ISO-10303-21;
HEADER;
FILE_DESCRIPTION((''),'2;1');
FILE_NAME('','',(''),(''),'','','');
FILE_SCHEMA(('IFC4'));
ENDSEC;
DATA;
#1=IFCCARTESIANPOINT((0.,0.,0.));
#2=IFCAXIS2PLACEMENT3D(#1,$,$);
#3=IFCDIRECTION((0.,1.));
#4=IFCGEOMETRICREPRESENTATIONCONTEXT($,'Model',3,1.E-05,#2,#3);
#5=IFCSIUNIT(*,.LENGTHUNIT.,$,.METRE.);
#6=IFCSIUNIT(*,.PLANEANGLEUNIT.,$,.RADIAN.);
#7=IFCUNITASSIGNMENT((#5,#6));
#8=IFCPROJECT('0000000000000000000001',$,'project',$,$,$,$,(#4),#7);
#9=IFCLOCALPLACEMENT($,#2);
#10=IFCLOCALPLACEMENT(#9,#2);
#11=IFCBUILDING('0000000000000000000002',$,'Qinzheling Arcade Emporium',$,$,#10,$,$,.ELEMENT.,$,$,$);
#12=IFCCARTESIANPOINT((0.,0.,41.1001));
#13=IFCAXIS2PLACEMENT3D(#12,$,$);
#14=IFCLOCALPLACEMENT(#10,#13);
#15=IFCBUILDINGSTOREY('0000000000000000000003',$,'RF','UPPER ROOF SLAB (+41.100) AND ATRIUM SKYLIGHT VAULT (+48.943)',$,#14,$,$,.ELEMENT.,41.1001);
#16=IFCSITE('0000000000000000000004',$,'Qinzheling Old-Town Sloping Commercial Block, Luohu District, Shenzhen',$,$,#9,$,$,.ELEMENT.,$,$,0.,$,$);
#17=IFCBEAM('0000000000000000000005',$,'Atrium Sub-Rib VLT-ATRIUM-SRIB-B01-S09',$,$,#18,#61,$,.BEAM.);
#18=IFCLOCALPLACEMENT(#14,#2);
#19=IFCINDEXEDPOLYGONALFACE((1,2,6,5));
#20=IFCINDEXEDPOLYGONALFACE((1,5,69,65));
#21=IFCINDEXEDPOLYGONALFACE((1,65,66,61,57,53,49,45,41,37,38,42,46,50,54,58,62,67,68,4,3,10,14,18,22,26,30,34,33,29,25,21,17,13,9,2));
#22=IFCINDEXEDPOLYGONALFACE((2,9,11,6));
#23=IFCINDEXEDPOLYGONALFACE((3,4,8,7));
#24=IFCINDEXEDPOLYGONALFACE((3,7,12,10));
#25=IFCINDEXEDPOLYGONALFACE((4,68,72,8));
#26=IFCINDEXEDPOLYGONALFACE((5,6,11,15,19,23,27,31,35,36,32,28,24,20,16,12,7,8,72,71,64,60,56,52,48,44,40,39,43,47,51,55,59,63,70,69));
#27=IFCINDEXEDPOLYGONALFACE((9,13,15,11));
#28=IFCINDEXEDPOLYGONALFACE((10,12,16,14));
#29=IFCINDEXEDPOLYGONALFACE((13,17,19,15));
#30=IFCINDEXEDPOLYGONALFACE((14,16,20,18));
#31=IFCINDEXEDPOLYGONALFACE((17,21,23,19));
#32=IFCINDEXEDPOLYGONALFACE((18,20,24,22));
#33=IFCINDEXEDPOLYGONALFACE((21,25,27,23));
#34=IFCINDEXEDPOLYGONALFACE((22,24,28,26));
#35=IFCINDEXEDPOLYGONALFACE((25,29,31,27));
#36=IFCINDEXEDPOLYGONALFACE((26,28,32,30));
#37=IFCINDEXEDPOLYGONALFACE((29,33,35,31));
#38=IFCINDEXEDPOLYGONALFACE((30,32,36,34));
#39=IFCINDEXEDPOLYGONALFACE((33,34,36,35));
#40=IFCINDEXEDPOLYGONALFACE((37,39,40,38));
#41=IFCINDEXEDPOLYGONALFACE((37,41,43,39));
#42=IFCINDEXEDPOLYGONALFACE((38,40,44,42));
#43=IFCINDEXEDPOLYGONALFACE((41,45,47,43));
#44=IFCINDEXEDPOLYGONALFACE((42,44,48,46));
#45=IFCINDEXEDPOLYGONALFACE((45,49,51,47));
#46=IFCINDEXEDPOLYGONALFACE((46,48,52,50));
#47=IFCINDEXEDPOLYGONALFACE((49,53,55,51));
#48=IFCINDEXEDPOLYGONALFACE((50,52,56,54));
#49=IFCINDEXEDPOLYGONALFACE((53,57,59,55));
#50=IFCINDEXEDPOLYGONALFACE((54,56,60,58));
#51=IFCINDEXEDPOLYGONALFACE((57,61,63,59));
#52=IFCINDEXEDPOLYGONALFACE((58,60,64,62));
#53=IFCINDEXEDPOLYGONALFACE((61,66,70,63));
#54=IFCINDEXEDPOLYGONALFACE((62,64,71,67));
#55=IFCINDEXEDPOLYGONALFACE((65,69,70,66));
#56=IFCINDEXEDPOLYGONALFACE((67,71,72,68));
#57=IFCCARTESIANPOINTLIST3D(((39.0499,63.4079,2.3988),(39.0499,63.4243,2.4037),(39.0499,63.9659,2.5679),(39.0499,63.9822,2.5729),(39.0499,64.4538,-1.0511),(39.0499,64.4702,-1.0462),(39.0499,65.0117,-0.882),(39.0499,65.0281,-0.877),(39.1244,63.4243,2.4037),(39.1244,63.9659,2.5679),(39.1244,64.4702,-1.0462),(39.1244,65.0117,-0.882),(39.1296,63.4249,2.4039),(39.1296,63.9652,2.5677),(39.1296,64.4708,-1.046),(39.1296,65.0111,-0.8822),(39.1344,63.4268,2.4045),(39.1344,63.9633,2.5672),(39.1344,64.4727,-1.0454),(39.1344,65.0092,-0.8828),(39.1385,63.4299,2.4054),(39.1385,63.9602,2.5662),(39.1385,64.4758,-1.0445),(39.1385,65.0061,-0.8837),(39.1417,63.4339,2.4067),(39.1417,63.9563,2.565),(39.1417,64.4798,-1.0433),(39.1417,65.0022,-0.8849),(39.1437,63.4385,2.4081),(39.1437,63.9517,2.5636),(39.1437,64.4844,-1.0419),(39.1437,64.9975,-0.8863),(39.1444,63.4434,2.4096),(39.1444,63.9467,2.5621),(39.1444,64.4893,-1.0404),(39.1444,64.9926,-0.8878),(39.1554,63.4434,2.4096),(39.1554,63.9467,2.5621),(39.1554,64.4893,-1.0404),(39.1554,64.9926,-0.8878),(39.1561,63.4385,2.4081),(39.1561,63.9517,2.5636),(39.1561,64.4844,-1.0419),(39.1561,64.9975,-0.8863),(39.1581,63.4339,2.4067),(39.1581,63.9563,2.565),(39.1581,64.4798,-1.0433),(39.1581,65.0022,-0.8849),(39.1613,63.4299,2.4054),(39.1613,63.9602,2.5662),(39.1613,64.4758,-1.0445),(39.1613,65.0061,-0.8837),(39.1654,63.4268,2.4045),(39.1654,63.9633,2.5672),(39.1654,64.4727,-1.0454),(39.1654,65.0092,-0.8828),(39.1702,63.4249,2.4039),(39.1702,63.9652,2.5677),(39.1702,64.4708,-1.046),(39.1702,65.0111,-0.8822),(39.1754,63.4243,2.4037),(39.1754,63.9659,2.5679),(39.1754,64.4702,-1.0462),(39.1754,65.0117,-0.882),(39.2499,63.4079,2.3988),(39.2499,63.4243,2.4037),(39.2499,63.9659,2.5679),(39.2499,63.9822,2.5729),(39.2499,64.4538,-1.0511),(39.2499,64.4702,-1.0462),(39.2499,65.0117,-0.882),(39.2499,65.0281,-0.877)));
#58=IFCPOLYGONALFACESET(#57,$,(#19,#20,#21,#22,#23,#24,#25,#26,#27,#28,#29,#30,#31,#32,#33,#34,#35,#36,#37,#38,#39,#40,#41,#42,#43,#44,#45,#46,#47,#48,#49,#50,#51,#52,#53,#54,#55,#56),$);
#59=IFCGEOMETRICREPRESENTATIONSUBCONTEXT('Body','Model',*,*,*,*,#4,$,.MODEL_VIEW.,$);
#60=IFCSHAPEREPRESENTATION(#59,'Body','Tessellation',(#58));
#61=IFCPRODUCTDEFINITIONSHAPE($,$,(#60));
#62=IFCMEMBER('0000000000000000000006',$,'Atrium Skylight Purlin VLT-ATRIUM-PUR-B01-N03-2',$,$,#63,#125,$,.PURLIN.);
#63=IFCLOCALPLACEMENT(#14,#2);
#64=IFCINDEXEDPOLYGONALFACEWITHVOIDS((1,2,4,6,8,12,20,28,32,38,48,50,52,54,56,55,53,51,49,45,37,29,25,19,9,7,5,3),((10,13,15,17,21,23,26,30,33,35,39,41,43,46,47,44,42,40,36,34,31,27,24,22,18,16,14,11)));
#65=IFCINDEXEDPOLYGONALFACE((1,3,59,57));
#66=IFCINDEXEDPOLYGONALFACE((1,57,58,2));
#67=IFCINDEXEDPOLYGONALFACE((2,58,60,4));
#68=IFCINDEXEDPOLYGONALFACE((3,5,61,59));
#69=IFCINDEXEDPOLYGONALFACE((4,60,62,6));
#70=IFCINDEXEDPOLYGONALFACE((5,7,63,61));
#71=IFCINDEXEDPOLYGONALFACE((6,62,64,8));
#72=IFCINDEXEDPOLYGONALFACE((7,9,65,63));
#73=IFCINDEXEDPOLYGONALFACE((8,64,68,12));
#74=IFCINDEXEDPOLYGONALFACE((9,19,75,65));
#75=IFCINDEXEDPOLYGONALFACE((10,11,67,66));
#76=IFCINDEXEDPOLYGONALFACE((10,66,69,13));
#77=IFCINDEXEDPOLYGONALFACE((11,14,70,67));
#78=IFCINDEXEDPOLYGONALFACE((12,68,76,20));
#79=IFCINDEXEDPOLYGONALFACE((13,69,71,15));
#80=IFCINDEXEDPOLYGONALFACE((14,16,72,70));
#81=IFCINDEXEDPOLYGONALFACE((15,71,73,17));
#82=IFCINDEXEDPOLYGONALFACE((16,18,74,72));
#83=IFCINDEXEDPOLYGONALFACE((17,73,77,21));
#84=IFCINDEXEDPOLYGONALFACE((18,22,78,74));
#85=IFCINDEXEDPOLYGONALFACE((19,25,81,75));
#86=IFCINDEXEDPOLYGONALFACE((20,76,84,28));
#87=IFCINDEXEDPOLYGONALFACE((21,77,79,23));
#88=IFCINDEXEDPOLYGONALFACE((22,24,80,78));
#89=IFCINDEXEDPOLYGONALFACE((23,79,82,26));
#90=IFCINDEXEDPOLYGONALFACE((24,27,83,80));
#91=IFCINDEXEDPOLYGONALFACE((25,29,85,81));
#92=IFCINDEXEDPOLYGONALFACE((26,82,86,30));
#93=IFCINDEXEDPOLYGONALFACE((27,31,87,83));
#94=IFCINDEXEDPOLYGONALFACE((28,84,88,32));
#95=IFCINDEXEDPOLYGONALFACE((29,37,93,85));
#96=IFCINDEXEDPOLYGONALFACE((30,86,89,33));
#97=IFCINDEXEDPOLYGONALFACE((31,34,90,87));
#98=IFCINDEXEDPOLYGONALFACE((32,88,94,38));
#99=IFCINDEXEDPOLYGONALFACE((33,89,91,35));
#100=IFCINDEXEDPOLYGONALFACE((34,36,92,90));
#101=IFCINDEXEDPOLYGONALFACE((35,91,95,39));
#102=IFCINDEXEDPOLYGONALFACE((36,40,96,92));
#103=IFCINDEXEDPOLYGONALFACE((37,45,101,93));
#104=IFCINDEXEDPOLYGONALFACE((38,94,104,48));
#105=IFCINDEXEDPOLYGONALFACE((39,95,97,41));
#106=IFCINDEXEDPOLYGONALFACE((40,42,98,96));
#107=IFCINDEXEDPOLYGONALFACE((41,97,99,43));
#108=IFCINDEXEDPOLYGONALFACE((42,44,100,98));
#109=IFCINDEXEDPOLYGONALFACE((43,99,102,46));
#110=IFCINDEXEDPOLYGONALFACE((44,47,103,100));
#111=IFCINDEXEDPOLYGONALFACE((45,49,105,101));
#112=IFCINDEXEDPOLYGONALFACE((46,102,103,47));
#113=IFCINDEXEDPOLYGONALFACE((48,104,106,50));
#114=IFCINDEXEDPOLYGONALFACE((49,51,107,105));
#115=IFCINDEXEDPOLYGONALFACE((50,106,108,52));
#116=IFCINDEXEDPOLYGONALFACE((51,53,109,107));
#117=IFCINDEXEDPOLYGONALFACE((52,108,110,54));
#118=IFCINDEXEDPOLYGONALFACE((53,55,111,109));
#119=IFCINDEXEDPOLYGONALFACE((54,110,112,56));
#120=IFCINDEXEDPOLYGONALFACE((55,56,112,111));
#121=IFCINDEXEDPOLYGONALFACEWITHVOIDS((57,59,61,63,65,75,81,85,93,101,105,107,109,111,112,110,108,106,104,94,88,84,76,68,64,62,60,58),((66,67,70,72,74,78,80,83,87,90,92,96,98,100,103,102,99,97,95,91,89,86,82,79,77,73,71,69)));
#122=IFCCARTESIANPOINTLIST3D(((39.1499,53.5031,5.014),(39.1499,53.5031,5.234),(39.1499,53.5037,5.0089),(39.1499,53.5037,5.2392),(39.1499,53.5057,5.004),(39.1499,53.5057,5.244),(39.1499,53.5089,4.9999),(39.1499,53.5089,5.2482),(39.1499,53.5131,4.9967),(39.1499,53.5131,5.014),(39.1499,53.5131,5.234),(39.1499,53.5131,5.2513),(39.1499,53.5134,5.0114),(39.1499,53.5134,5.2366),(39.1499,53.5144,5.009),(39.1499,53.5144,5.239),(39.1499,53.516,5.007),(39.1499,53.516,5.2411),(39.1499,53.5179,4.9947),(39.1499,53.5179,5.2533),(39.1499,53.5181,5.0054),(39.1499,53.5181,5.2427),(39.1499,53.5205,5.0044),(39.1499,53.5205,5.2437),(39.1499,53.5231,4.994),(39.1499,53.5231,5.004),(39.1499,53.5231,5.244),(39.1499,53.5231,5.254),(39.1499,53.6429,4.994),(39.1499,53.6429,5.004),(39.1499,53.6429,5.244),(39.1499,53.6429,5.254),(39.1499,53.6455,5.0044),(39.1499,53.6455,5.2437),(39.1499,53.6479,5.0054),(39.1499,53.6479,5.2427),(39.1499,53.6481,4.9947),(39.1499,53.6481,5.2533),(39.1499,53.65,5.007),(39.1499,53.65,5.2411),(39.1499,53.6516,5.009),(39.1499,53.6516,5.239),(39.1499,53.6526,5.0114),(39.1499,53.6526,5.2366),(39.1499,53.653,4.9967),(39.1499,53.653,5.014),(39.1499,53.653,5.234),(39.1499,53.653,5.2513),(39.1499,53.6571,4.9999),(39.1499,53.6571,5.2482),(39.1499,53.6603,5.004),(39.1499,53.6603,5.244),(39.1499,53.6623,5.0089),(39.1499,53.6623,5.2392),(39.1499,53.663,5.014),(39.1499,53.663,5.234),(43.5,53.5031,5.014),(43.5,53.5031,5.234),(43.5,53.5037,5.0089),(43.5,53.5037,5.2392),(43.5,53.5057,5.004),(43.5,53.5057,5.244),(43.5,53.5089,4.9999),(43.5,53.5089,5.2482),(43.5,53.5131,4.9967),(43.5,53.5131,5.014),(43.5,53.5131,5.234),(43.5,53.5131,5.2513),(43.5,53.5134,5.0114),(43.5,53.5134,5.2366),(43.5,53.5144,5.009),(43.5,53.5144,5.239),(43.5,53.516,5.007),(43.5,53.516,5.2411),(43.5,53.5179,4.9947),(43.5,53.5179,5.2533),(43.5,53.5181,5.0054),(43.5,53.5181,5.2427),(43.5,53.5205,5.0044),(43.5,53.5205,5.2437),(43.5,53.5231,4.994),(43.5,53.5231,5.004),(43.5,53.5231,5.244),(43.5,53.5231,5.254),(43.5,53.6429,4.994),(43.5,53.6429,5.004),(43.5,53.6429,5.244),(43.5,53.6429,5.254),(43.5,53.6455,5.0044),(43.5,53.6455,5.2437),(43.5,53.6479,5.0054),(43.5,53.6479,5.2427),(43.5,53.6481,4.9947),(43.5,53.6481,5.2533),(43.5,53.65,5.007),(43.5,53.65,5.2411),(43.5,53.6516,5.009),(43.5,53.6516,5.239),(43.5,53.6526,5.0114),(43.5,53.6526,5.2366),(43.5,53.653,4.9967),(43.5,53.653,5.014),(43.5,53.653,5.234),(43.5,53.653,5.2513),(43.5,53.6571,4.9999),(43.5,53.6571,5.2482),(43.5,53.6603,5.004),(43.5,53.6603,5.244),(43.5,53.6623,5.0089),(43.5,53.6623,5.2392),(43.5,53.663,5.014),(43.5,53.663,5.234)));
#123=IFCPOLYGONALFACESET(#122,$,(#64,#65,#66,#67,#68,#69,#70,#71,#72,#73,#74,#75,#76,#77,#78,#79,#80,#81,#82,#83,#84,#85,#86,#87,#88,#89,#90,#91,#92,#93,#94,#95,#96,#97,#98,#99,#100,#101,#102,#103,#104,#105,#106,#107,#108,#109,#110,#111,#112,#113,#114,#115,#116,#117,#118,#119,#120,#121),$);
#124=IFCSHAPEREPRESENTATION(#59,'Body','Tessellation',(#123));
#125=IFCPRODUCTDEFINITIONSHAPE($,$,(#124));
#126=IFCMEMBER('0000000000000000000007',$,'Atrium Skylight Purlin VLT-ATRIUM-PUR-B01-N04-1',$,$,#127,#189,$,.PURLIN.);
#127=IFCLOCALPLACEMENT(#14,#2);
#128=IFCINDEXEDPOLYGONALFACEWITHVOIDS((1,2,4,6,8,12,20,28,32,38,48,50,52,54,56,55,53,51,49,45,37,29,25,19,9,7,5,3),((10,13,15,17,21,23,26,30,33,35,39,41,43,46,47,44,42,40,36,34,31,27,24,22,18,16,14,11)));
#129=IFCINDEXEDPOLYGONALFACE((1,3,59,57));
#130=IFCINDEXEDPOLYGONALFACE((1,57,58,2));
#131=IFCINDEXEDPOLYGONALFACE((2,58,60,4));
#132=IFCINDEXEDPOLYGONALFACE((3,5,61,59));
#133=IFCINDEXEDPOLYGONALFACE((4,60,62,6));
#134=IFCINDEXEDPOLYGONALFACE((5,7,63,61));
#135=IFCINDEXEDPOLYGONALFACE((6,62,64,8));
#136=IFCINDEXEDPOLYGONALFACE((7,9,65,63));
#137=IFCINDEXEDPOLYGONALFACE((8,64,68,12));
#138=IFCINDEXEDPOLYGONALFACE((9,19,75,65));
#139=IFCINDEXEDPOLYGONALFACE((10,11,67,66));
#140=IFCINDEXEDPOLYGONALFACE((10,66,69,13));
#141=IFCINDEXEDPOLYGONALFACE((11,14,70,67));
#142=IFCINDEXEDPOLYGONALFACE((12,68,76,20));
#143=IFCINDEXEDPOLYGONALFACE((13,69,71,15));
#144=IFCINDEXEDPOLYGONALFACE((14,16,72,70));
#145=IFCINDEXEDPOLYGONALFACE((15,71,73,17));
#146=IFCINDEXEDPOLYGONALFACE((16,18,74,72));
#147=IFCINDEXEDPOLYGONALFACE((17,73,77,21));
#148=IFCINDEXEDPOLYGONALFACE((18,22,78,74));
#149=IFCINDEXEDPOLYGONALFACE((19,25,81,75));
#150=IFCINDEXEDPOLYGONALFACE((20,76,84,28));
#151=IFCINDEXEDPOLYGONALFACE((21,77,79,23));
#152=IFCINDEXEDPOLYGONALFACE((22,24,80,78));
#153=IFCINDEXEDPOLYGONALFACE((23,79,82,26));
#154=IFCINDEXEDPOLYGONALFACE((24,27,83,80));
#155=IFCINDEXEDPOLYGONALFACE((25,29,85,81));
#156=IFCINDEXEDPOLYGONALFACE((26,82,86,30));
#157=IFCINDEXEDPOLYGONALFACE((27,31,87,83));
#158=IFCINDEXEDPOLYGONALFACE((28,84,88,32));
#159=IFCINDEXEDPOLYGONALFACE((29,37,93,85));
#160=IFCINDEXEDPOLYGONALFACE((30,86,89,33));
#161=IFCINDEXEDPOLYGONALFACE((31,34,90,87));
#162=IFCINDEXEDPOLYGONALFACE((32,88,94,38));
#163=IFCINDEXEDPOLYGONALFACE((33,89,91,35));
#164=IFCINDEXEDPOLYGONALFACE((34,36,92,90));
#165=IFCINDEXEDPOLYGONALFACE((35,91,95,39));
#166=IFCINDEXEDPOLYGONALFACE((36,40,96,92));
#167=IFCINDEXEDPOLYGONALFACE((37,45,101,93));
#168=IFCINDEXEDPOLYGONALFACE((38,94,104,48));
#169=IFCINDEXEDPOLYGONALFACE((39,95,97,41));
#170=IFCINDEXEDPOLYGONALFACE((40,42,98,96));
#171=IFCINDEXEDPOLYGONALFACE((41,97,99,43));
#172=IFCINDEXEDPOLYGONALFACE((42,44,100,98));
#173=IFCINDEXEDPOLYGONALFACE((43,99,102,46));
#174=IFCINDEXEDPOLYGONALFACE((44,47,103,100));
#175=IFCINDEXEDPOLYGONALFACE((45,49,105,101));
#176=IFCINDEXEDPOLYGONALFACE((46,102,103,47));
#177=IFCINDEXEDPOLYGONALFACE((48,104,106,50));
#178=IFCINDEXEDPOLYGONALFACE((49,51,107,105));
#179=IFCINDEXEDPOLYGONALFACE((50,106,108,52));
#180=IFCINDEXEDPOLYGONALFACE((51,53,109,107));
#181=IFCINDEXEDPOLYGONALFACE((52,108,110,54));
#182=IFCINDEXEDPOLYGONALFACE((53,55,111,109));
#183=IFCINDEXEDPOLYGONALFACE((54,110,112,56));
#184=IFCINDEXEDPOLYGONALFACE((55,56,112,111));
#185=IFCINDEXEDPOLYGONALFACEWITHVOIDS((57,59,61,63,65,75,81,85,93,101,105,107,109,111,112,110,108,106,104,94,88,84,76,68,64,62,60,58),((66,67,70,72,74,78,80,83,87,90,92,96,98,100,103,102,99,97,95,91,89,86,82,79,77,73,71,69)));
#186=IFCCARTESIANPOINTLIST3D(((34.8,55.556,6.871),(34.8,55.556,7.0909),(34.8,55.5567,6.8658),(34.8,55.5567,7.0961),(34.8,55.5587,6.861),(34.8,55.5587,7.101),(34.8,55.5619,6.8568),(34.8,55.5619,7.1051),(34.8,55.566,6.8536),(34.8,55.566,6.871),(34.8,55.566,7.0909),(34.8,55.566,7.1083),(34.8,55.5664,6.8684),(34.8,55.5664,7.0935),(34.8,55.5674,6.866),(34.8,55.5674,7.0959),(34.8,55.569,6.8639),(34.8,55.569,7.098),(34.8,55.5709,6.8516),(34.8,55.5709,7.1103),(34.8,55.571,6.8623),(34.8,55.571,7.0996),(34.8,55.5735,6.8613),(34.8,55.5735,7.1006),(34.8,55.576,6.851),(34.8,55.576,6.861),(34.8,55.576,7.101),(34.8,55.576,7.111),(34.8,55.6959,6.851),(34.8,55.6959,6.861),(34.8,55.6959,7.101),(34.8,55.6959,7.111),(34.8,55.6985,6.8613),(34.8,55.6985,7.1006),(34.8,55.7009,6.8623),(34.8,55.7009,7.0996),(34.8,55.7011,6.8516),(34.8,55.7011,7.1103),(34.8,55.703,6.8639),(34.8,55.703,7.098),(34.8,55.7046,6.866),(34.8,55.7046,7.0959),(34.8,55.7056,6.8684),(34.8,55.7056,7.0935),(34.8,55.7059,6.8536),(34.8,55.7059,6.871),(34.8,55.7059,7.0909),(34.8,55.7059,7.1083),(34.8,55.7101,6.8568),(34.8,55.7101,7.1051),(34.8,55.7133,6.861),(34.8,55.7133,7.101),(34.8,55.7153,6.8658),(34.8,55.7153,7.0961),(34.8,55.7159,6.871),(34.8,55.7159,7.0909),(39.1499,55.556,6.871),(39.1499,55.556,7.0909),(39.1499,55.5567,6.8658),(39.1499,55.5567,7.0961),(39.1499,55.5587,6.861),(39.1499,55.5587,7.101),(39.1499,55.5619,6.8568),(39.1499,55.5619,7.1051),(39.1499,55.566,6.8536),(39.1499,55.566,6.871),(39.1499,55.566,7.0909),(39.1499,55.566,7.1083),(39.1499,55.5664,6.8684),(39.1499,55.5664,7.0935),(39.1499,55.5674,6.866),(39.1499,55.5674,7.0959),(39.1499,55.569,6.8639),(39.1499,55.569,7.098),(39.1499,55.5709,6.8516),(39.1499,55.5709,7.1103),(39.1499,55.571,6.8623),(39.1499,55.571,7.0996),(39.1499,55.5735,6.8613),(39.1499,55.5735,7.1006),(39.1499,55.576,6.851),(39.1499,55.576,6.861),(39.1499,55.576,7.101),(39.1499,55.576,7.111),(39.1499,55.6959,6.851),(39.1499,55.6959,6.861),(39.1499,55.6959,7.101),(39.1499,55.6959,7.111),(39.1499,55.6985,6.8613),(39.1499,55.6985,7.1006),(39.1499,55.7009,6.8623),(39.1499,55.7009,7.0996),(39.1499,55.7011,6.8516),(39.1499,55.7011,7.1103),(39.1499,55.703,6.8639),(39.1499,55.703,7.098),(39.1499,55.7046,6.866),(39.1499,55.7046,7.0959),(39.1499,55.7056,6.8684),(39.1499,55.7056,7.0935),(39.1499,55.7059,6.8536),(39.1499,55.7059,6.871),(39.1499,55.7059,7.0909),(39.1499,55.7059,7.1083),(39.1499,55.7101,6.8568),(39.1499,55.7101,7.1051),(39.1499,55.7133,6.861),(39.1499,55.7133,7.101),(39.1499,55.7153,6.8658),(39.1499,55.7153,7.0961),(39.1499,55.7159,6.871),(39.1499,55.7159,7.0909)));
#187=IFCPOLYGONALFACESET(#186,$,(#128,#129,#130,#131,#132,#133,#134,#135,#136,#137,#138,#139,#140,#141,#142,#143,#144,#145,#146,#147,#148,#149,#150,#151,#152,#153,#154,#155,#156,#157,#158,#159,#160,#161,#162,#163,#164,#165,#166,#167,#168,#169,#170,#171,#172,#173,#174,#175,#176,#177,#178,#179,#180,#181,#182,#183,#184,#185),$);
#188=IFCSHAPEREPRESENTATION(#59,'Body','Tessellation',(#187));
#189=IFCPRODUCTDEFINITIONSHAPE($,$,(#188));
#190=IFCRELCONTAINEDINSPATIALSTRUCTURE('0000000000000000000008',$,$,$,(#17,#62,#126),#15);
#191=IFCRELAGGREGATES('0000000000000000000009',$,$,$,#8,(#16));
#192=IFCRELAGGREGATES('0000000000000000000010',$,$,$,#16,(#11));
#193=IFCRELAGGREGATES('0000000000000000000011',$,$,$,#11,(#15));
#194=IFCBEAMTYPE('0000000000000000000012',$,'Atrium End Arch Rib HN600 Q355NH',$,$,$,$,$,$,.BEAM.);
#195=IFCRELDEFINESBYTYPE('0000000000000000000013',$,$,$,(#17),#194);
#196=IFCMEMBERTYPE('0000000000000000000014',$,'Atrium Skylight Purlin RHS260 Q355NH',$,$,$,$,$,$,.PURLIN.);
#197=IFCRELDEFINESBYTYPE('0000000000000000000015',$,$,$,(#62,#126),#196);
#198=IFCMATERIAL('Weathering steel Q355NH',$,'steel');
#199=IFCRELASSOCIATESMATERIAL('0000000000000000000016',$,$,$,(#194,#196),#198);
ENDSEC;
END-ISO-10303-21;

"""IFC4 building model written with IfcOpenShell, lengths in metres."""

from ifc_helpers import new_model, si_unit, direction, frame, origin, origin_2d, place, context, subcontext, project, spatial, hollow_rectangle, i_section, extrude, material, material_profile, profile_set, type_object, element, save


model = new_model("IFC4")

# Units and contexts
model_context = context("Model", 3, precision=1e-05, world=origin(), true_north=direction((0.0, 1.0)))
body_context = subcontext(model_context, "Body", "Model", "MODEL_VIEW")
ifc_project = project(units=[si_unit("LENGTHUNIT", "METRE"), si_unit("PLANEANGLEUNIT", "RADIAN")], contexts=[model_context])

# Site, building, storey
site_placement = place(None, origin())
site = spatial("IfcSite", under=ifc_project, at=site_placement, Name="Qinzheling Old-Town Sloping Commercial Block, Luohu District, Shenzhen", CompositionType="ELEMENT", RefElevation=0.0)
building_placement = place(site_placement, origin())
building = spatial("IfcBuilding", under=site, at=building_placement, Name="Qinzheling Arcade Emporium", CompositionType="ELEMENT")
storey_placement = place(building_placement, frame((0.0, 0.0, 41.1001)))
storey = spatial("IfcBuildingStorey", under=building, at=storey_placement, Name="RF", Description="UPPER ROOF SLAB (+41.100) AND ATRIUM SKYLIGHT VAULT (+48.943)", CompositionType="ELEMENT", Elevation=41.1001)

# Beam
ifc_material_1 = material(Name="Weathering steel Q355NH", Category="steel")
ifc_material_profile_1 = material_profile(ifc_material_1, i_section(OverallWidth=0.2, OverallDepth=0.6001, WebThickness=0.011, FlangeThickness=0.0171, FilletRadius=0.02, at=origin_2d()), Name="HN 600x200x11x17", Category="steel")
ifc_profile_set_1 = profile_set([ifc_material_profile_1], Name="Weathering steel Q355NH")
beam_type = type_object("IfcBeamType", Name="Atrium End Arch Rib HN600 Q355NH", PredefinedType="BEAM", material=ifc_profile_set_1)
beam_1_placement = place(storey_placement, frame((39.1499, 63.6951, 2.4858), z_axis=(0.0, 0.290124, -0.956989), x_axis=(-1.0, 0.0, 0.0)))
element("IfcBeam", 1, at=beam_1_placement, inside=storey, type_object=beam_type, Name="Atrium Sub-Rib VLT-ATRIUM-SRIB-B01-S09", PredefinedType="BEAM", context=body_context, shape_type="SweptSolid", body=[
    extrude(i_section(OverallWidth=0.2, OverallDepth=0.6001, WebThickness=0.011, FlangeThickness=0.0171, FilletRadius=0.02, at=origin_2d()), origin(), (0.0, 0.0, 1.0), 3.605),
])

# Members
ifc_material_profile_2 = material_profile(ifc_material_1, hollow_rectangle(XDim=0.1599, YDim=0.26, WallThickness=0.01, InnerFilletRadius=0.01, OuterFilletRadius=0.02, at=origin_2d()), Name="RHS 260x160x10", Category="steel")
ifc_profile_set_2 = profile_set([ifc_material_profile_2], Name="Weathering steel Q355NH")
member_type = type_object("IfcMemberType", Name="Atrium Skylight Purlin RHS260 Q355NH", PredefinedType="PURLIN", material=ifc_profile_set_2)
member_1_placement = place(storey_placement, frame((39.1499, 53.583, 5.124), z_axis=(1.0, 0.0, 0.0), x_axis=(0.0, 1.0, 0.0)))
element("IfcMember", 2, at=member_1_placement, inside=storey, type_object=member_type, Name="Atrium Skylight Purlin VLT-ATRIUM-PUR-B01-N03-2", PredefinedType="PURLIN", context=body_context, shape_type="SweptSolid", body=[
    extrude(hollow_rectangle(XDim=0.1599, YDim=0.26, WallThickness=0.01, InnerFilletRadius=0.01, OuterFilletRadius=0.02, at=origin_2d()), origin(), (0.0, 0.0, 1.0), 4.3501),
])
member_2_placement = place(storey_placement, frame((34.8, 55.636, 6.981), z_axis=(1.0, 0.0, 0.0), x_axis=(0.0, 1.0, 0.0)))
element("IfcMember", 3, at=member_2_placement, inside=storey, type_object=member_type, Name="Atrium Skylight Purlin VLT-ATRIUM-PUR-B01-N04-1", PredefinedType="PURLIN", context=body_context, shape_type="SweptSolid", body=[
    extrude(hollow_rectangle(XDim=0.1599, YDim=0.26, WallThickness=0.01, InnerFilletRadius=0.01, OuterFilletRadius=0.02, at=origin_2d()), origin(), (0.0, 0.0, 1.0), 4.3499),
])

save(model, "model.ifc")
